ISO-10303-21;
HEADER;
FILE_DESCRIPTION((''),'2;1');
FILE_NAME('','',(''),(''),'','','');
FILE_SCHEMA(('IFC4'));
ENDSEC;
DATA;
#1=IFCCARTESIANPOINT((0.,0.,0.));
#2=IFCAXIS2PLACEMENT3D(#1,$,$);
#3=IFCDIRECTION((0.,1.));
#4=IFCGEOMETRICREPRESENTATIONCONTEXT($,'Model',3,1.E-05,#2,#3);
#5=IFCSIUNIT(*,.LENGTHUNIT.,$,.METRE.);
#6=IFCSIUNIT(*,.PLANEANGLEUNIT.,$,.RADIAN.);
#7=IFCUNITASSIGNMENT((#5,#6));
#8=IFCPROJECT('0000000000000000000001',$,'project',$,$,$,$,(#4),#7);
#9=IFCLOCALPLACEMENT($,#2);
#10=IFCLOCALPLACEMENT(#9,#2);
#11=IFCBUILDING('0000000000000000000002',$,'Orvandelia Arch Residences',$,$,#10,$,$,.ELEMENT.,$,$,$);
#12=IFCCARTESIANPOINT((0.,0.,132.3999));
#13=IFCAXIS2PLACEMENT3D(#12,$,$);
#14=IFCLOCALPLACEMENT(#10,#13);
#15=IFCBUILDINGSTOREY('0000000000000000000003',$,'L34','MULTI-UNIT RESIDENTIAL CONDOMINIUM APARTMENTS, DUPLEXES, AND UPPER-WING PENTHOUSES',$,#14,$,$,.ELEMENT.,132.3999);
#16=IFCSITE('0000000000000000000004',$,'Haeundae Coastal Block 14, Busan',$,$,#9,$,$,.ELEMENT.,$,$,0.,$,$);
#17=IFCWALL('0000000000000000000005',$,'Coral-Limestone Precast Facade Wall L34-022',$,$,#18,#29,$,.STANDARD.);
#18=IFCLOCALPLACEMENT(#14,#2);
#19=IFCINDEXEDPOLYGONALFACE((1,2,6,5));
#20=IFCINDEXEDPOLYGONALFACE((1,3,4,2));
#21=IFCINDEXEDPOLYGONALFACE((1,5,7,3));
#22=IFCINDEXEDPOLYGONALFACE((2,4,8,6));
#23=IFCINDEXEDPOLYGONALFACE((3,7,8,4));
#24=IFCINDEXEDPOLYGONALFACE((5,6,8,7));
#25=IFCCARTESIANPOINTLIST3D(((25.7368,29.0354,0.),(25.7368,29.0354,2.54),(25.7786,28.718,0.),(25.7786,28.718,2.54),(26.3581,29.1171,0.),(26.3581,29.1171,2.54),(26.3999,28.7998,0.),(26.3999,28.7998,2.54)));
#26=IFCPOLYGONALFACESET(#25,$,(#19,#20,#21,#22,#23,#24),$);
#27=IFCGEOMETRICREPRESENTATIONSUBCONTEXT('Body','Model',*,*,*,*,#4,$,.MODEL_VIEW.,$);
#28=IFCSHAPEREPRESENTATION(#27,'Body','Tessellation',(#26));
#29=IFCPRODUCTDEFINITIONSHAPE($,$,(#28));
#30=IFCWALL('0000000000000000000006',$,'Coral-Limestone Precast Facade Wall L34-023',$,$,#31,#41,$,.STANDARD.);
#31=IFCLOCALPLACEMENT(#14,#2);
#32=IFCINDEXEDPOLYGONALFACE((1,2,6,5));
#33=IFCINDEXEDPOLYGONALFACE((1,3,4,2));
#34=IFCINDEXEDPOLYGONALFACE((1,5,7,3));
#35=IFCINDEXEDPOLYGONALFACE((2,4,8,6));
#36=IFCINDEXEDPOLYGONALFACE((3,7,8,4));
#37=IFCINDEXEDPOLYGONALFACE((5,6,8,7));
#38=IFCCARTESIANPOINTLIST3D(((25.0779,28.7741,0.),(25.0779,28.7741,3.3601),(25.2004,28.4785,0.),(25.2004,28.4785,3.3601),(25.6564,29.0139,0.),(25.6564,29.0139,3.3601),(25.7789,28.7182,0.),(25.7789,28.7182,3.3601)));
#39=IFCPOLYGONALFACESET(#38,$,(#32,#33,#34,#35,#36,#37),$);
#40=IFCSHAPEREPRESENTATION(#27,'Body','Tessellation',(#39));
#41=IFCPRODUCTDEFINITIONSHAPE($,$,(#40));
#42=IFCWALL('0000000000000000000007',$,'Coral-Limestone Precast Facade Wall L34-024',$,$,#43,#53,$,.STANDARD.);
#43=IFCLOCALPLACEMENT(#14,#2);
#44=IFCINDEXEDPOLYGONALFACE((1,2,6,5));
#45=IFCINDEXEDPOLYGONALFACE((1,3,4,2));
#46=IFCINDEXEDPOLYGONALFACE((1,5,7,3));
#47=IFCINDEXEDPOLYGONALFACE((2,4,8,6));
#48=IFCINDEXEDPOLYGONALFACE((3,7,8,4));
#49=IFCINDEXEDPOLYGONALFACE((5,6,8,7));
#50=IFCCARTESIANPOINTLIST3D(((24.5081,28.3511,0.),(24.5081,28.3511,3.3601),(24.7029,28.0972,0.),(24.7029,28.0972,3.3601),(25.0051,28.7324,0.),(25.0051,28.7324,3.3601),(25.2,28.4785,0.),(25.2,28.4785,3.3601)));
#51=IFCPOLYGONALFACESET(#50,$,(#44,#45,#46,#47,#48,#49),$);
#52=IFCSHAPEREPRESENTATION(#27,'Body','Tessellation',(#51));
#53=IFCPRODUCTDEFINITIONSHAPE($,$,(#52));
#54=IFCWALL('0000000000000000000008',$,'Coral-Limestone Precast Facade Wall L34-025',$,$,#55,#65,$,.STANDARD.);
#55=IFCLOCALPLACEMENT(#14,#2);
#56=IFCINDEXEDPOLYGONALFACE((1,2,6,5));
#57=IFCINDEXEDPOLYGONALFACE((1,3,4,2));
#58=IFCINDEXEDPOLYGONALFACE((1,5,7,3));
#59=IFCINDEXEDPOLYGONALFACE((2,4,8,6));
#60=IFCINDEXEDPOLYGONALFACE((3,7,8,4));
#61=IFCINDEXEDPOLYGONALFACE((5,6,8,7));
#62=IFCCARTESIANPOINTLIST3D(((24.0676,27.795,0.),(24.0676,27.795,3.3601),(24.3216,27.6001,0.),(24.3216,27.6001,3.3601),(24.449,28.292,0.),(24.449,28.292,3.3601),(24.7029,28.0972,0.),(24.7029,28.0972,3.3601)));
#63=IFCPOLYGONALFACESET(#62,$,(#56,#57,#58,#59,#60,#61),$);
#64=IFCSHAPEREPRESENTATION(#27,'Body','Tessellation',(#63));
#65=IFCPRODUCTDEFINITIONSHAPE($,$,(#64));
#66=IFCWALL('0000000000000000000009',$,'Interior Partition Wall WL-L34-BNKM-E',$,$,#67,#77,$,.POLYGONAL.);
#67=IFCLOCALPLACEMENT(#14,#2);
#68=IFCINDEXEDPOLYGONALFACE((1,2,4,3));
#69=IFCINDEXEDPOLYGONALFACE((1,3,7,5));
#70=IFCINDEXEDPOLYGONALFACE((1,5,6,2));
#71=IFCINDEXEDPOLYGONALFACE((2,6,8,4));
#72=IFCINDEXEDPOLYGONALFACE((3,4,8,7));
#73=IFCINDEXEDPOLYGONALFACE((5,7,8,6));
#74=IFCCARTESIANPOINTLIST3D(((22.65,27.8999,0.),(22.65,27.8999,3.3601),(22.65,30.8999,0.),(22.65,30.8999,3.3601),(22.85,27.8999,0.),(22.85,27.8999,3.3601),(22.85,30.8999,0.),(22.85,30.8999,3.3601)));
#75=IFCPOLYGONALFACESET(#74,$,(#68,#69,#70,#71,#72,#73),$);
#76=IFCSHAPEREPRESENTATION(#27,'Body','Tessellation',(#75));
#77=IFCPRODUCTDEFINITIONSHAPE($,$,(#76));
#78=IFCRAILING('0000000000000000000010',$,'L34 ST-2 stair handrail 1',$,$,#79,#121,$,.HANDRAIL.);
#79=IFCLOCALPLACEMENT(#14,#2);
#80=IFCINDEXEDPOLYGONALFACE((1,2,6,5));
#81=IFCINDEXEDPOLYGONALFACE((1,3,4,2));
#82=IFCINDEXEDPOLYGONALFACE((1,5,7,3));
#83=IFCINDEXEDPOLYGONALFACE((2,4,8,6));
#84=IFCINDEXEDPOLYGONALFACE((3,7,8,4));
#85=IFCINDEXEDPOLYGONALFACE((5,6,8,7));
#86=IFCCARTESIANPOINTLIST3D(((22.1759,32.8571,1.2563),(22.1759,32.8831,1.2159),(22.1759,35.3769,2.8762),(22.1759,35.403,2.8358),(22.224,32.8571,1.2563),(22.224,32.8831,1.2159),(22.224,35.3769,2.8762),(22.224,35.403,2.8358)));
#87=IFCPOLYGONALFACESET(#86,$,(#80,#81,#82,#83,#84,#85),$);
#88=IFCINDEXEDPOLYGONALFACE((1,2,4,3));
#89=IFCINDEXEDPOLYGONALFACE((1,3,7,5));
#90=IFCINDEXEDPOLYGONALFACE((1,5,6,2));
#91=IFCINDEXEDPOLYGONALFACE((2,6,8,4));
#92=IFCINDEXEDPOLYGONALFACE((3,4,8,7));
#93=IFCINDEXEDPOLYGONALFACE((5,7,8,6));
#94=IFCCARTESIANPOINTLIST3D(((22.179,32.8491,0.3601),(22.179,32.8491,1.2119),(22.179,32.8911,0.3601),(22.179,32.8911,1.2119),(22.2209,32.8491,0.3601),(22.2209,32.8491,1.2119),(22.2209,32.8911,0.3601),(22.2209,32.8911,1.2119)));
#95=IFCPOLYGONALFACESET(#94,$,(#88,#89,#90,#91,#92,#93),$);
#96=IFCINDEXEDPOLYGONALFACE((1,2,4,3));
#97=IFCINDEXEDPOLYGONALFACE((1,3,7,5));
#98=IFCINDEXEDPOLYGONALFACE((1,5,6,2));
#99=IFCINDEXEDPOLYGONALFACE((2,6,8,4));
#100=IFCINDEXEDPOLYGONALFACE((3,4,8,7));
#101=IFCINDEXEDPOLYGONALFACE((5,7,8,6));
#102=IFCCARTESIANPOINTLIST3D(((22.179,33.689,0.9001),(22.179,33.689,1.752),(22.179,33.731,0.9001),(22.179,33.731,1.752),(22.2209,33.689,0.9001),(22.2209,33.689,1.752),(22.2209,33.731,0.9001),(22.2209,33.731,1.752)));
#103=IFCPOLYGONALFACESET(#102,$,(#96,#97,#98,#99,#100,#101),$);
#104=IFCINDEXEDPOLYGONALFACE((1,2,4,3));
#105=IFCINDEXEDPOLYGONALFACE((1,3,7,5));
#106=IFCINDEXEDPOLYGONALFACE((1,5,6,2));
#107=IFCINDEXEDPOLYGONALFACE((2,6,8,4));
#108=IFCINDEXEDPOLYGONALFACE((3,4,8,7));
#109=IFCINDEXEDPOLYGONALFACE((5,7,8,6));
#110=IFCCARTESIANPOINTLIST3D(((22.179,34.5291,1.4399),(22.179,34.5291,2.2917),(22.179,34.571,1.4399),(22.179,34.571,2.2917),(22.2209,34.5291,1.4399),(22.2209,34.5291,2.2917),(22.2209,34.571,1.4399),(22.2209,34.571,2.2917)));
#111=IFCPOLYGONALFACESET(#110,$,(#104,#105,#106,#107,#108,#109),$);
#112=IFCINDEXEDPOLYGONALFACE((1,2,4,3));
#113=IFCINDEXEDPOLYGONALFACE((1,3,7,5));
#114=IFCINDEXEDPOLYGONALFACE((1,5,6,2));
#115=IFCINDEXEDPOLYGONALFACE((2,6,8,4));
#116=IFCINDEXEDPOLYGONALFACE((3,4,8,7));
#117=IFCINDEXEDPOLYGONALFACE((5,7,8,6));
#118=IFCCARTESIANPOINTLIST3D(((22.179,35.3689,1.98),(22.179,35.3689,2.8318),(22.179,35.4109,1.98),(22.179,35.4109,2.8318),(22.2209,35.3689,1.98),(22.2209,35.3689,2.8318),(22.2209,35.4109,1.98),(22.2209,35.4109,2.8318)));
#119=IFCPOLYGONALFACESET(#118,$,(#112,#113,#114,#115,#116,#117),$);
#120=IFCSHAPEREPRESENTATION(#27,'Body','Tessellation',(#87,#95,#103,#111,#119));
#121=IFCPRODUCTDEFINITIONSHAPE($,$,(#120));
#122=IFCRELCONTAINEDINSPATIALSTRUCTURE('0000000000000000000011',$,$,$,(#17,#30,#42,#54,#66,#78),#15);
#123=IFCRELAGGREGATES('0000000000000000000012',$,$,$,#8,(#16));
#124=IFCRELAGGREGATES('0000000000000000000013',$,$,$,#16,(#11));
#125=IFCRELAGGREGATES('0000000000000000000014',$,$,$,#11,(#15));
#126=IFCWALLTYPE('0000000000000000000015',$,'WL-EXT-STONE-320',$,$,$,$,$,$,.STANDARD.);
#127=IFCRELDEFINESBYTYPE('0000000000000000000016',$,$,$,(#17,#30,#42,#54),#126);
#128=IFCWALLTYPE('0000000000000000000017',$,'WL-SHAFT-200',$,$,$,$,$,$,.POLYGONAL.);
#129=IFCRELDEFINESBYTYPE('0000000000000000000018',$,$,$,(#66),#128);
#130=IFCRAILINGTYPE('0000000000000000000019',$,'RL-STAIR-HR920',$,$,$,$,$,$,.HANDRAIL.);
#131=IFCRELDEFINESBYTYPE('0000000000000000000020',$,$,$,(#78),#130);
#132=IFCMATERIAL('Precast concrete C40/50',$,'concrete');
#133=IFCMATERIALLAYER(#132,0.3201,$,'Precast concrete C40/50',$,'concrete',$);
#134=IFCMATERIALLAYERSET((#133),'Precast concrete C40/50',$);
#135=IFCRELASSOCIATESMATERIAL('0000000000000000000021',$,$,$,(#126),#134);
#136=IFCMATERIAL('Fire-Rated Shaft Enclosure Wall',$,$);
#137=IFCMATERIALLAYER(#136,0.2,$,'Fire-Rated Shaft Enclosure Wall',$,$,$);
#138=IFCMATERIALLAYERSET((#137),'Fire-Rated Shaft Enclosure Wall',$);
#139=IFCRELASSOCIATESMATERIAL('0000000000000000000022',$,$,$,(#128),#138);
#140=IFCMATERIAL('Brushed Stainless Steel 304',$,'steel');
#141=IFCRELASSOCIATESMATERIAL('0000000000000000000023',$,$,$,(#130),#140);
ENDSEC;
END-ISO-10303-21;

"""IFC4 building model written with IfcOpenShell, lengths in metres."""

from ifc_helpers import new_model, si_unit, direction, frame, frame_2d, origin, origin_2d, place, context, subcontext, project, spatial, rectangle, extrude, material, layer, layer_set, type_object, element, save


model = new_model("IFC4")

# Units and contexts
model_context = context("Model", 3, precision=1e-05, world=origin(), true_north=direction((0.0, 1.0)))
body_context = subcontext(model_context, "Body", "Model", "MODEL_VIEW")
ifc_project = project(units=[si_unit("LENGTHUNIT", "METRE"), si_unit("PLANEANGLEUNIT", "RADIAN")], contexts=[model_context])

# Site, building, storey
site_placement = place(None, origin())
site = spatial("IfcSite", under=ifc_project, at=site_placement, Name="Haeundae Coastal Block 14, Busan", CompositionType="ELEMENT", RefElevation=0.0)
building_placement = place(site_placement, origin())
building = spatial("IfcBuilding", under=site, at=building_placement, Name="Orvandelia Arch Residences", CompositionType="ELEMENT")
storey_placement = place(building_placement, frame((0.0, 0.0, 132.3999)))
storey = spatial("IfcBuildingStorey", under=building, at=storey_placement, Name="L34", Description="MULTI-UNIT RESIDENTIAL CONDOMINIUM APARTMENTS, DUPLEXES, AND UPPER-WING PENTHOUSES", CompositionType="ELEMENT", Elevation=132.3999)

# Walls
ifc_material_1 = material(Name="Precast concrete C40/50", Category="concrete")
ifc_layer_1 = layer(ifc_material_1, 0.3201, Name="Precast concrete C40/50", Category="concrete")
ifc_layer_set_1 = layer_set([ifc_layer_1], Name="Precast concrete C40/50")
wall_type_1 = type_object("IfcWallType", Name="WL-EXT-STONE-320", PredefinedType="STANDARD", material=ifc_layer_set_1)
wall_1_placement = place(storey_placement, frame((26.3792, 28.9585, 0.0), z_axis=(0.0, 0.0, 1.0), x_axis=(-0.991448, -0.130505, 0.0)))
element("IfcWall", 1, at=wall_1_placement, inside=storey, type_object=wall_type_1, Name="Coral-Limestone Precast Facade Wall L34-022", PredefinedType="STANDARD", context=body_context, shape_type="SweptSolid", body=[
    extrude(rectangle(XDim=0.6267, YDim=0.3201, at=frame_2d((0.3135, 0.0))), origin(), (0.0, 0.0, 1.0), 2.54),
])
wall_2_placement = place(storey_placement, frame((25.7175, 28.866, 0.0), z_axis=(0.0, 0.0, 1.0), x_axis=(-0.923836, -0.382788, 0.0)))
element("IfcWall", 2, at=wall_2_placement, inside=storey, type_object=wall_type_1, Name="Coral-Limestone Precast Facade Wall L34-023", PredefinedType="STANDARD", context=body_context, shape_type="SweptSolid", body=[
    extrude(rectangle(XDim=0.6262, YDim=0.3201, at=frame_2d((0.313, 0.0))), origin(), (0.0, 0.0, 1.0), 3.3601),
])
for number, where, z_axis, x_axis, name in (
    (3, (25.1025, 28.6055, 0.0), (0.0, 0.0, 1.0), (-0.793406, -0.608693, 0.0), "Coral-Limestone Precast Facade Wall L34-024"),
    (4, (24.5759, 28.1946, 0.0), (0.0, 0.0, 1.0), (-0.608693, -0.793406, 0.0), "Coral-Limestone Precast Facade Wall L34-025"),
):
    element("IfcWall", number, at=place(storey_placement, frame(where, z_axis=z_axis, x_axis=x_axis)), inside=storey, type_object=wall_type_1, Name=name, PredefinedType="STANDARD", context=body_context, shape_type="SweptSolid", body=[
        extrude(rectangle(XDim=0.6265, YDim=0.3201, at=frame_2d((0.3132, 0.0))), origin(), (0.0, 0.0, 1.0), 3.3601),
    ])
ifc_material_2 = material(Name="Fire-Rated Shaft Enclosure Wall")
ifc_layer_2 = layer(ifc_material_2, 0.2, Name="Fire-Rated Shaft Enclosure Wall")
ifc_layer_set_2 = layer_set([ifc_layer_2], Name="Fire-Rated Shaft Enclosure Wall")
wall_type_2 = type_object("IfcWallType", Name="WL-SHAFT-200", PredefinedType="POLYGONAL", material=ifc_layer_set_2)
wall_3_placement = place(storey_placement, frame((22.75, 27.8999, 0.0), z_axis=(0.0, 0.0, 1.0), x_axis=(0.0, 1.0, 0.0)))
element("IfcWall", 5, at=wall_3_placement, inside=storey, type_object=wall_type_2, Name="Interior Partition Wall WL-L34-BNKM-E", PredefinedType="POLYGONAL", context=body_context, shape_type="SweptSolid", body=[
    extrude(rectangle(XDim=3.0, YDim=0.2, at=frame_2d((1.5, 0.0))), origin(), (0.0, 0.0, 1.0), 3.3601),
])

# Railing
ifc_material_3 = material(Name="Brushed Stainless Steel 304", Category="steel")
railing_type = type_object("IfcRailingType", Name="RL-STAIR-HR920", PredefinedType="HANDRAIL", material=ifc_material_3)
railing_placement = place(storey_placement, frame((22.2, 32.8701, 0.3601)))
element("IfcRailing", 6, at=railing_placement, inside=storey, type_object=railing_type, Name="L34 ST-2 stair handrail 1", PredefinedType="HANDRAIL", context=body_context, shape_type="SweptSolid", body=[
    extrude(rectangle(XDim=0.0481, YDim=0.0481, at=origin_2d()), frame((0.0, 0.0, 0.876), z_axis=(0.0, 0.841176, 0.540762), x_axis=(-1.0, 0.0, 0.0)), (0.0, 0.0, 1.0), 2.9956),
    extrude(rectangle(XDim=0.042, YDim=0.042, at=origin_2d()), origin(), (0.0, 0.0, 1.0), 0.8518),
    extrude(rectangle(XDim=0.042, YDim=0.042, at=origin_2d()), frame((0.0, 0.8398, 0.54)), (0.0, 0.0, 1.0), 0.8518),
    extrude(rectangle(XDim=0.042, YDim=0.042, at=origin_2d()), frame((0.0, 1.6799, 1.0798)), (0.0, 0.0, 1.0), 0.8518),
    extrude(rectangle(XDim=0.042, YDim=0.042, at=origin_2d()), frame((0.0, 2.5198, 1.6199)), (0.0, 0.0, 1.0), 0.8518),
])

save(model, "model.ifc")
